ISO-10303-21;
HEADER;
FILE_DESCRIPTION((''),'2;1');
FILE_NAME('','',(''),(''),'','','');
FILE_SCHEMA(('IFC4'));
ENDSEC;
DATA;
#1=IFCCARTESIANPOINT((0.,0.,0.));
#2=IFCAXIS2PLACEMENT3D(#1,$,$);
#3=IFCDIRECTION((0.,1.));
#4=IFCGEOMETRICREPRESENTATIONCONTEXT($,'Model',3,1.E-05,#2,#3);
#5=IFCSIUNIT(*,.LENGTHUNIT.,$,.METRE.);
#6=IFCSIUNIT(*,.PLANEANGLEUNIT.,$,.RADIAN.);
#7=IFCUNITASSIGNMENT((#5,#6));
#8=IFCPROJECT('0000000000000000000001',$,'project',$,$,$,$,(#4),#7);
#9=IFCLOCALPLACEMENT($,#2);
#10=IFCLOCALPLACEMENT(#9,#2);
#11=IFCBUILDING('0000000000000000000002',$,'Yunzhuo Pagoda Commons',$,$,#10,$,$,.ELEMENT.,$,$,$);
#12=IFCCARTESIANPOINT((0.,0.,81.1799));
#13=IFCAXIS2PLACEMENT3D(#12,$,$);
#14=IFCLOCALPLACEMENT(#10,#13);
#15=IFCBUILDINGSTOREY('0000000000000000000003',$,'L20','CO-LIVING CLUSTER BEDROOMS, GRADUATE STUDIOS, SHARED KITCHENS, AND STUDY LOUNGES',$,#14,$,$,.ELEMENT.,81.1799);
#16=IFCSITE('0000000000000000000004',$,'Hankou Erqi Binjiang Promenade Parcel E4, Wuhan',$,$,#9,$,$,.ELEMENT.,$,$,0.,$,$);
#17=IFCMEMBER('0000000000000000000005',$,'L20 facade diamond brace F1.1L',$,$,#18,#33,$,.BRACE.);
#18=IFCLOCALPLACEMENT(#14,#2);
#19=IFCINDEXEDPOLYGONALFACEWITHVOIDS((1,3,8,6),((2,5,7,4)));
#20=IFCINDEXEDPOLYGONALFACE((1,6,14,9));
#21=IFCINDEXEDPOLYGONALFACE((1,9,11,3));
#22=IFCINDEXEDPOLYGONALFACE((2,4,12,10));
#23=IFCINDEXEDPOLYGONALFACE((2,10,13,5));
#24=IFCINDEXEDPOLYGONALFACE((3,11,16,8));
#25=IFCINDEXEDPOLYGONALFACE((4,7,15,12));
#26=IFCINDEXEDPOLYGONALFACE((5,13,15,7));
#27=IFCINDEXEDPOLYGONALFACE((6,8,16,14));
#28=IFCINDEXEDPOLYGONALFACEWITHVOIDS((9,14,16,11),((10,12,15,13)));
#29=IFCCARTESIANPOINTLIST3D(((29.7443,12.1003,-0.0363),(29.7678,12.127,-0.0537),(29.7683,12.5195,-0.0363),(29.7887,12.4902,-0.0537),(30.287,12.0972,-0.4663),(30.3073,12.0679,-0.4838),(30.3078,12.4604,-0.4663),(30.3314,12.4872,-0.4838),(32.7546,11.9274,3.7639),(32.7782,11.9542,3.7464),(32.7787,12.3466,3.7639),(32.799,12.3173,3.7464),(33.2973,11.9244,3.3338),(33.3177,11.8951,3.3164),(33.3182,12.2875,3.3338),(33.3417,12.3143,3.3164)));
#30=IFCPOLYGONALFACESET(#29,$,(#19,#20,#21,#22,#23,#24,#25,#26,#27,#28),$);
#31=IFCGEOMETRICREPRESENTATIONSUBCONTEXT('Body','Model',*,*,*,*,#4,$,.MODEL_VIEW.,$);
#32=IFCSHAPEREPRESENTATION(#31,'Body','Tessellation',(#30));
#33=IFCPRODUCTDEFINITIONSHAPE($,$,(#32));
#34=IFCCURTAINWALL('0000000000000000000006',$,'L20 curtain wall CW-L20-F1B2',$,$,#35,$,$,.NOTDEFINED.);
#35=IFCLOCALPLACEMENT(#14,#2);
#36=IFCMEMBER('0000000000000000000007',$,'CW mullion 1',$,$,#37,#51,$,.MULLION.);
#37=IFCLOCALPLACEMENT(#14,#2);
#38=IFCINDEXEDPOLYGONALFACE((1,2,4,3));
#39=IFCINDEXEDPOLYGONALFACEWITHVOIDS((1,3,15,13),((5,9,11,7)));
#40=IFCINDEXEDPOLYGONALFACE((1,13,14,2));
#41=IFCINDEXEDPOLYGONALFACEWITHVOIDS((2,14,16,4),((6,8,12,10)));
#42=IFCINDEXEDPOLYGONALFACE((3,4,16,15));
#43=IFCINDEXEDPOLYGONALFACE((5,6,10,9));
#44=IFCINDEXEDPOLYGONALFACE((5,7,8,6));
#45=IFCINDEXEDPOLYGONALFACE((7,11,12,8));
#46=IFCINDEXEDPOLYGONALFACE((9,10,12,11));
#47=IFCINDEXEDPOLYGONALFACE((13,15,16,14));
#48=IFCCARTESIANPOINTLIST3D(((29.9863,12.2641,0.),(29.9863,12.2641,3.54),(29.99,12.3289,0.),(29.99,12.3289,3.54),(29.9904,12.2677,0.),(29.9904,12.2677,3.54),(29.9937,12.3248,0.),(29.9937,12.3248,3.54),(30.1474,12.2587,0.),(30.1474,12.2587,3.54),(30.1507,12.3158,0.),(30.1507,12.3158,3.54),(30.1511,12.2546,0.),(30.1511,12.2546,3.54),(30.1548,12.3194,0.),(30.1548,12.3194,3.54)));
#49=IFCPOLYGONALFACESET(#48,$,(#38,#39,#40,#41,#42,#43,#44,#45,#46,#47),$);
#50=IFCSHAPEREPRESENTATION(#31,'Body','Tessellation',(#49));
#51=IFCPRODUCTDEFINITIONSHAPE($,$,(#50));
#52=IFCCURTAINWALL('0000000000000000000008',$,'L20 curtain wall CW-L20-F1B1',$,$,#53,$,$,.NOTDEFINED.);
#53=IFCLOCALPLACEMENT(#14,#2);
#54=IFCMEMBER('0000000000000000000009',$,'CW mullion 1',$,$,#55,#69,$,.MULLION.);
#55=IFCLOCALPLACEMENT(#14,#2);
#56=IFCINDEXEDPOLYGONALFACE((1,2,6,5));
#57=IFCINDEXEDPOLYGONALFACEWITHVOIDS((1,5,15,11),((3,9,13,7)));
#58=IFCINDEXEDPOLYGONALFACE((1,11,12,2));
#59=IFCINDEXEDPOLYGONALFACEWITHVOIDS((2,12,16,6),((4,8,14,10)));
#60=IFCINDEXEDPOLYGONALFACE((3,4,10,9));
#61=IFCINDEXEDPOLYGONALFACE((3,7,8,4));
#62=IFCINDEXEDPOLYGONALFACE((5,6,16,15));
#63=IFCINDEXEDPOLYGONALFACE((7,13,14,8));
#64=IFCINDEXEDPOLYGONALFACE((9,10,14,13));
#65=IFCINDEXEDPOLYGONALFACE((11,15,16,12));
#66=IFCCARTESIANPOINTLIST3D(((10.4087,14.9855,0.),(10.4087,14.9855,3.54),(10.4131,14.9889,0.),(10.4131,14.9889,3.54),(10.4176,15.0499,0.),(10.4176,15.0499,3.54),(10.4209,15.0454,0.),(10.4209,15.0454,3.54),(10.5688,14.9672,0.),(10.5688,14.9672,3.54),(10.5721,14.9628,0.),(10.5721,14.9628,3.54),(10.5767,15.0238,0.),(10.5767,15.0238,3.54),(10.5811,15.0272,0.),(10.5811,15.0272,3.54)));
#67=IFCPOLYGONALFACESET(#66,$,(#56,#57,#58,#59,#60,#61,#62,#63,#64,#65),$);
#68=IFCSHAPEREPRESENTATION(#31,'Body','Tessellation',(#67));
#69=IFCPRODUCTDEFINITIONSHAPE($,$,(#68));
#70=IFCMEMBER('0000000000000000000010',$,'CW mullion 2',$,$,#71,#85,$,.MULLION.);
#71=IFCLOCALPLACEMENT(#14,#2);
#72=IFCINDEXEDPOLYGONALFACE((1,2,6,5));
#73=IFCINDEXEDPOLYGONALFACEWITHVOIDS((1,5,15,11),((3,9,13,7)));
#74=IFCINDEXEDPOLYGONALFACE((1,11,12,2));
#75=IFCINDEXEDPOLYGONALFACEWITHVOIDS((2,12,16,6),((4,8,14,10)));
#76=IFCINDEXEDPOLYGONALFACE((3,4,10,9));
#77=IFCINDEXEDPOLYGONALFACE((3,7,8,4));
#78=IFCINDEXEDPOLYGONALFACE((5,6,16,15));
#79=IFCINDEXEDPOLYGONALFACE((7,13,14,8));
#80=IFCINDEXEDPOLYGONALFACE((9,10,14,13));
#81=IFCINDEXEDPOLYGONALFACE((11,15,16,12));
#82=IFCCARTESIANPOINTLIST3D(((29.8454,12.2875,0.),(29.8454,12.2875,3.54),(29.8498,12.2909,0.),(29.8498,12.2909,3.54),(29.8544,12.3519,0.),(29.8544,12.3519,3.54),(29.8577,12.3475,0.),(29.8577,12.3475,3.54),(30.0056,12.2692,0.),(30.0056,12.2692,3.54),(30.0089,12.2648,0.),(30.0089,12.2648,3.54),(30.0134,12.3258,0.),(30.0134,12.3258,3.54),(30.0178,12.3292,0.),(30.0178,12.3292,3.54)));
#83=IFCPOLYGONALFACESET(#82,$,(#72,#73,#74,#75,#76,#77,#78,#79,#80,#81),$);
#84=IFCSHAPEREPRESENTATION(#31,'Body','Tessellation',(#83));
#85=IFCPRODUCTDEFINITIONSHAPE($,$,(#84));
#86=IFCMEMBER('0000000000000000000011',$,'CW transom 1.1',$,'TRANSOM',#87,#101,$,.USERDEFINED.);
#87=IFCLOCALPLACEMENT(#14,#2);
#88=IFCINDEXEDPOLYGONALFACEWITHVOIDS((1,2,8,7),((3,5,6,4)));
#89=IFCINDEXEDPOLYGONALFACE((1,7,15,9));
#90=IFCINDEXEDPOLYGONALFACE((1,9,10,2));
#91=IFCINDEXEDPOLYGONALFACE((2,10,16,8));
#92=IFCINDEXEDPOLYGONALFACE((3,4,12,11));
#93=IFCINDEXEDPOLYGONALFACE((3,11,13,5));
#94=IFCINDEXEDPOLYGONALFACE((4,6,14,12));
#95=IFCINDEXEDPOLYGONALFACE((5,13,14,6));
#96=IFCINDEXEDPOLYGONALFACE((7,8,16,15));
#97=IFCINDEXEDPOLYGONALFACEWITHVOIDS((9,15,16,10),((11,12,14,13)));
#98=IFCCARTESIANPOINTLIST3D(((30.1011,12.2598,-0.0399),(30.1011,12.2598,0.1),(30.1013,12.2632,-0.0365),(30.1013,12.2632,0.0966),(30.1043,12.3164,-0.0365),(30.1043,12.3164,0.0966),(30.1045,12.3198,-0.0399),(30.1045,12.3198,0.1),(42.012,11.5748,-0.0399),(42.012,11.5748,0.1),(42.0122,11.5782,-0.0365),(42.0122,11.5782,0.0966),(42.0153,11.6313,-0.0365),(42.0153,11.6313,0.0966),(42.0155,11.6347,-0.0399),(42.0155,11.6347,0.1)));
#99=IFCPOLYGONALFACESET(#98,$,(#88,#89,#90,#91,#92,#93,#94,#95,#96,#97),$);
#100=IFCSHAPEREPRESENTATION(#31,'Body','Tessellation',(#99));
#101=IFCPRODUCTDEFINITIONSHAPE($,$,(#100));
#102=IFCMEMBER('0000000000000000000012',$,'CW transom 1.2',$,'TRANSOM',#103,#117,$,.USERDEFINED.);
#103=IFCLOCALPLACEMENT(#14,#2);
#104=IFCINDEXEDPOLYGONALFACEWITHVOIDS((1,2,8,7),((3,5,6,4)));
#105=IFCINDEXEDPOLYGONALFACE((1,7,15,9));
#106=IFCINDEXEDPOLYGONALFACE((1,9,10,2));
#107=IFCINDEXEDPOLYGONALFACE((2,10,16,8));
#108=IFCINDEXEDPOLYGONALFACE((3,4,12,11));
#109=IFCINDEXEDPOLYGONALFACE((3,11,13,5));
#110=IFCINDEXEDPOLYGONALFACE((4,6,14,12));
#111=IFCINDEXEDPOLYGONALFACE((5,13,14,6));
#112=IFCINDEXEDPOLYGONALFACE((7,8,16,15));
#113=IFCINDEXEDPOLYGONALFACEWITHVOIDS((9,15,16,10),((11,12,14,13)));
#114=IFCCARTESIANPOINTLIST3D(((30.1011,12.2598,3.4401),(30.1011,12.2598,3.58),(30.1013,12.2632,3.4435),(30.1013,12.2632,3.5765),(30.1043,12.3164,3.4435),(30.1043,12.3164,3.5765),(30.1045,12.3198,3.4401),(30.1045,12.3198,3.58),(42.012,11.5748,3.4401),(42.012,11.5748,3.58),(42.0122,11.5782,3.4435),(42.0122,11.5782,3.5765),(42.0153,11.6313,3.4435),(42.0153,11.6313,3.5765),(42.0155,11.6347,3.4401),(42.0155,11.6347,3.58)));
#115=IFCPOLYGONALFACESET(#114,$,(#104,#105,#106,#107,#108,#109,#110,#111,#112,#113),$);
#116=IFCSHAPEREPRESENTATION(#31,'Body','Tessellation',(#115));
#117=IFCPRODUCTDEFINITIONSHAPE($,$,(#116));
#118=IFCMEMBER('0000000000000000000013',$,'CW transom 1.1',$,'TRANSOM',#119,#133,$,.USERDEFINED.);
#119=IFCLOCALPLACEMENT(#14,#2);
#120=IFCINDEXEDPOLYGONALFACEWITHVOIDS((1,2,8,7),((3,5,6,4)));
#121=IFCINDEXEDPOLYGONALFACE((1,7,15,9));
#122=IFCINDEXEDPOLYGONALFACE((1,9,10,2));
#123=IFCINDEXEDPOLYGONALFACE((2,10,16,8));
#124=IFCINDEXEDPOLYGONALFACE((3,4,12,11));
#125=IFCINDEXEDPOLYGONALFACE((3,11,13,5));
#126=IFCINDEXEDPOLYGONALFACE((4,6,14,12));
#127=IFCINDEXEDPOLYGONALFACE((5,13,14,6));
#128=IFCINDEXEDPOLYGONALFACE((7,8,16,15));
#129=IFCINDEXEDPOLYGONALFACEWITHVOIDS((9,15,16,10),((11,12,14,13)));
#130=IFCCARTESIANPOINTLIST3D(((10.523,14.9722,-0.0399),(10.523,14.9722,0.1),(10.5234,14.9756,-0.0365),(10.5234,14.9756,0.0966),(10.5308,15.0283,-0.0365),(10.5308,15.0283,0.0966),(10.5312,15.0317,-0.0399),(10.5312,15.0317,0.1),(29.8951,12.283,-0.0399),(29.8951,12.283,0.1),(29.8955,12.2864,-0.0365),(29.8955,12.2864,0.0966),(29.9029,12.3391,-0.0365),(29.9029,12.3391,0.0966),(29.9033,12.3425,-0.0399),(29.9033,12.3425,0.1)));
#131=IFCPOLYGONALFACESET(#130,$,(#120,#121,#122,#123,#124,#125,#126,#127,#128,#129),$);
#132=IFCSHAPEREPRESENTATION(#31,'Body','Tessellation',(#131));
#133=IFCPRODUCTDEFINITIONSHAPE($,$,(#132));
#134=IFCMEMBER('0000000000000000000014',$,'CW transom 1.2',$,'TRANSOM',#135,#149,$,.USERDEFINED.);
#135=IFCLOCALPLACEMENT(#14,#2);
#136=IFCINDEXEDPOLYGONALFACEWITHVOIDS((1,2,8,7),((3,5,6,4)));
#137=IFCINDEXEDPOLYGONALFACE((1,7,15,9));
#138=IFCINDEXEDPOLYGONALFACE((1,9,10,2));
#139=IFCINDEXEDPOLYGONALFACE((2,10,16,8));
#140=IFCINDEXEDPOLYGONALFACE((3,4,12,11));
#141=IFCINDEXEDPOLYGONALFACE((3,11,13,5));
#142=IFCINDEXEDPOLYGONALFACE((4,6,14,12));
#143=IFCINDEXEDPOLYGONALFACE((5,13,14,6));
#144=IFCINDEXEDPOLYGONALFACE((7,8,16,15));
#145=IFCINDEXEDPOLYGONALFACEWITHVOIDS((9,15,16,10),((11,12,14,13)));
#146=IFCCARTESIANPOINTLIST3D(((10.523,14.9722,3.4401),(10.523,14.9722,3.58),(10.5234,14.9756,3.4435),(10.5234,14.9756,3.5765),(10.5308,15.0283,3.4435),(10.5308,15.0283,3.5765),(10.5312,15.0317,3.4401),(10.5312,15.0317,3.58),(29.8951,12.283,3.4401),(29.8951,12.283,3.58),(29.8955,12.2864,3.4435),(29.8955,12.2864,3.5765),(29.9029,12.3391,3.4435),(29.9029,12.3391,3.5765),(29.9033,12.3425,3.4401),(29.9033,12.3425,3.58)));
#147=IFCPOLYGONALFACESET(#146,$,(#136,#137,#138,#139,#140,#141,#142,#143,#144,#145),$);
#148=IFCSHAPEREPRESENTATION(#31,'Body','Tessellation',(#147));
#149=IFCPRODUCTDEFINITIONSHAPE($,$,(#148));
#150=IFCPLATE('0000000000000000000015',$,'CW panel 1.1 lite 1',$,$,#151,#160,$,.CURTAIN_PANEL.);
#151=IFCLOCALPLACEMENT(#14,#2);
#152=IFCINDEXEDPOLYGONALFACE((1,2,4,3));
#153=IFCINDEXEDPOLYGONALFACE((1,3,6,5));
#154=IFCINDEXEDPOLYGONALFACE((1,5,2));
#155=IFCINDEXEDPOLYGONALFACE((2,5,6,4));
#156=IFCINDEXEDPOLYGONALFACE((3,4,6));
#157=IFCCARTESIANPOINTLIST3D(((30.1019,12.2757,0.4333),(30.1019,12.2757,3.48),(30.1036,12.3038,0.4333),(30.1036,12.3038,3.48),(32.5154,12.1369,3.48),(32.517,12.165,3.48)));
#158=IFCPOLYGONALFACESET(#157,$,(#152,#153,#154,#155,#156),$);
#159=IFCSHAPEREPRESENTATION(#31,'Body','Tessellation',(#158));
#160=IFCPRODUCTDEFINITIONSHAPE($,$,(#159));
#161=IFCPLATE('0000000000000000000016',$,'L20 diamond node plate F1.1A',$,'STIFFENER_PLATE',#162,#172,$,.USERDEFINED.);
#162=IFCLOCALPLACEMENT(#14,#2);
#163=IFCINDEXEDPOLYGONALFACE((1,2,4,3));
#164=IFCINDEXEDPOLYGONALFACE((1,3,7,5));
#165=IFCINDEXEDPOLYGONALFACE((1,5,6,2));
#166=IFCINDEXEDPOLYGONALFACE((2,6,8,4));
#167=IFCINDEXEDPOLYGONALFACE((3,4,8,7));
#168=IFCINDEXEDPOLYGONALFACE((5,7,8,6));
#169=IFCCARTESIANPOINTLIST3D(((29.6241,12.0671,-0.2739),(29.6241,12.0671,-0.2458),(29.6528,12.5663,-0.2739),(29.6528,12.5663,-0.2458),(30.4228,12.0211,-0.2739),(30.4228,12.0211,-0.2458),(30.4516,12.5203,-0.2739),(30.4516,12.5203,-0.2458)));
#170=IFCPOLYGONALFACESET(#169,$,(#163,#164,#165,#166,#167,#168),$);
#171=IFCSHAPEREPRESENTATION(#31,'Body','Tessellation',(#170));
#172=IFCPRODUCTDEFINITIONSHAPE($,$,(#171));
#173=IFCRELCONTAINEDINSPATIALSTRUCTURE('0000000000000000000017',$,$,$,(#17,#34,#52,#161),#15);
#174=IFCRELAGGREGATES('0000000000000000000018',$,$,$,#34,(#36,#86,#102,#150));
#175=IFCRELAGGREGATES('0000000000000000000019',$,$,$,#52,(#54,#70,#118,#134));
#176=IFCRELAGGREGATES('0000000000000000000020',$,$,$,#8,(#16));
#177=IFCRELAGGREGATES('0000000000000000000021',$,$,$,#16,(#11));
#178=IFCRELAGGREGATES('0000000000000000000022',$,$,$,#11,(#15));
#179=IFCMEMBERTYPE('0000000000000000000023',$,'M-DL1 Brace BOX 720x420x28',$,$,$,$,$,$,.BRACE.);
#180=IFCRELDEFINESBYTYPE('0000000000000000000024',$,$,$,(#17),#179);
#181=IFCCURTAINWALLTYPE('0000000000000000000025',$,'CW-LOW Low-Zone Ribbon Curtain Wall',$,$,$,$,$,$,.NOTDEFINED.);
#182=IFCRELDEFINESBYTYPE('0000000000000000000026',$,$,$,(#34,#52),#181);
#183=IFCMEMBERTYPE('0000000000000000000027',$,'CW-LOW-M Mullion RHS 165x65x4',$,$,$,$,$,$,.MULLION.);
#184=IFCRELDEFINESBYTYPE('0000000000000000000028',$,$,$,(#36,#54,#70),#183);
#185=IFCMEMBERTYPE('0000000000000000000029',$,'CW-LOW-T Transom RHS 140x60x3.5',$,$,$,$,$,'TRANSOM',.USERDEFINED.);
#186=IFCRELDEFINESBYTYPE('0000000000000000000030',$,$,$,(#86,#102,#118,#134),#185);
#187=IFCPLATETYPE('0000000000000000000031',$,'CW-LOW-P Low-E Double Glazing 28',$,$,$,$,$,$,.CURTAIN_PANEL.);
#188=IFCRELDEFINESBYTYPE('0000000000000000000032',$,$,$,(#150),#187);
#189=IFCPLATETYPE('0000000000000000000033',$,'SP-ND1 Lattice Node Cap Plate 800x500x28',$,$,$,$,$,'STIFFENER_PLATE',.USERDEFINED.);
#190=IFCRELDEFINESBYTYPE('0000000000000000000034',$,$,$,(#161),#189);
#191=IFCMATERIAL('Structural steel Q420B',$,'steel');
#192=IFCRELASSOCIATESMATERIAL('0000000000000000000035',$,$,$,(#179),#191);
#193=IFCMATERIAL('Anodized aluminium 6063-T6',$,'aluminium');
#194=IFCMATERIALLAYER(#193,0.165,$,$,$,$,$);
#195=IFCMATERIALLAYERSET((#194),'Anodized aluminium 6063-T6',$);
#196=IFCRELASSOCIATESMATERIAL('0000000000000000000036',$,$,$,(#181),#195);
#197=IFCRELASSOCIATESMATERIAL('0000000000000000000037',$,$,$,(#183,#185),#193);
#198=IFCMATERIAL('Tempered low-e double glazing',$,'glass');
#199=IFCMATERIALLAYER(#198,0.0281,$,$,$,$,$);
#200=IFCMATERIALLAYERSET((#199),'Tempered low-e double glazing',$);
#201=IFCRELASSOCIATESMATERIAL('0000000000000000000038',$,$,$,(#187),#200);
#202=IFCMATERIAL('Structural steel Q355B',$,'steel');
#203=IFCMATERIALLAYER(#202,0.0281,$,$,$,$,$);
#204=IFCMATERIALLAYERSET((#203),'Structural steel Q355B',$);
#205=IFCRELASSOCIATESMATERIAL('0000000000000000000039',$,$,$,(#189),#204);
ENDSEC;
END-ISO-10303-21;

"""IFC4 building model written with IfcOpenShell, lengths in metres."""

from ifc_helpers import new_model, si_unit, direction, frame, origin, origin_2d, place, context, subcontext, project, spatial, polyline, rectangle, hollow_rectangle, outline, extrude, source, transform, mapped, material, layer, layer_set, material_profile, profile_set, type_object, element, aggregate, save


model = new_model("IFC4")

# Units and contexts
model_context = context("Model", 3, precision=1e-05, world=origin(), true_north=direction((0.0, 1.0)))
body_context = subcontext(model_context, "Body", "Model", "MODEL_VIEW")
ifc_project = project(units=[si_unit("LENGTHUNIT", "METRE"), si_unit("PLANEANGLEUNIT", "RADIAN")], contexts=[model_context])

# Site, building, storey
site_placement = place(None, origin())
site = spatial("IfcSite", under=ifc_project, at=site_placement, Name="Hankou Erqi Binjiang Promenade Parcel E4, Wuhan", CompositionType="ELEMENT", RefElevation=0.0)
building_placement = place(site_placement, origin())
building = spatial("IfcBuilding", under=site, at=building_placement, Name="Yunzhuo Pagoda Commons", CompositionType="ELEMENT")
storey_placement = place(building_placement, frame((0.0, 0.0, 81.1799)))
storey = spatial("IfcBuildingStorey", under=building, at=storey_placement, Name="L20", Description="CO-LIVING CLUSTER BEDROOMS, GRADUATE STUDIOS, SHARED KITCHENS, AND STUDY LOUNGES", CompositionType="ELEMENT", Elevation=81.1799)

# Shared definitions
ifc_material_1 = material(Name="Structural steel Q420B", Category="steel")

# Shared definitions
ifc_material_2 = material(Name="Structural steel Q355B", Category="steel")

# Member
ifc_material_profile_1 = material_profile(ifc_material_1, hollow_rectangle(XDim=0.4199, YDim=0.72, WallThickness=0.0281, at=origin_2d()), Name="Structural steel Q420B")
ifc_profile_set_1 = profile_set([ifc_material_profile_1], Name="Structural steel Q420B")
member_type_1 = type_object("IfcMemberType", Name="M-DL1 Brace BOX 720x420x28", PredefinedType="BRACE", material=ifc_profile_set_1)
shared_shape_1 = source(origin(), body_context, "Body", "SweptSolid", [
    extrude(hollow_rectangle(XDim=0.4199, YDim=0.72, WallThickness=0.0281, at=origin_2d()), origin(), (0.0, 0.0, 1.0), 4.8511),
])
member_1_placement = place(storey_placement, frame((30.0378, 12.2937, -0.26), z_axis=(0.620547, -0.035632, 0.783359), x_axis=(0.057326, 0.998355, 0.0)))
element("IfcMember", 1, at=member_1_placement, inside=storey, type_object=member_type_1, Name="L20 facade diamond brace F1.1L", PredefinedType="BRACE", context=body_context, shape_type="MappedRepresentation", body=[
    mapped(shared_shape_1, transform((0.0, 0.0, 0.0), scale=1.0)),
])

# Curtain wall, member
ifc_material_3 = material(Name="Anodized aluminium 6063-T6", Category="aluminium")
ifc_layer_1 = layer(ifc_material_3, 0.165)
ifc_layer_set_1 = layer_set([ifc_layer_1], Name="Anodized aluminium 6063-T6")
curtain_wall_type = type_object("IfcCurtainWallType", Name="CW-LOW Low-Zone Ribbon Curtain Wall", PredefinedType="NOTDEFINED", material=ifc_layer_set_1)
curtain_wall_1_placement = place(storey_placement, origin())
curtain_wall_1 = element("IfcCurtainWall", 2, at=curtain_wall_1_placement, inside=storey, type_object=curtain_wall_type, Name="L20 curtain wall CW-L20-F1B2", PredefinedType="NOTDEFINED")
ifc_material_profile_2 = material_profile(ifc_material_3, hollow_rectangle(XDim=0.0649, YDim=0.165, WallThickness=0.0039, at=origin_2d()), Name="Anodized aluminium 6063-T6")
ifc_profile_set_2 = profile_set([ifc_material_profile_2], Name="Anodized aluminium 6063-T6")
member_type_2 = type_object("IfcMemberType", Name="CW-LOW-M Mullion RHS 165x65x4", PredefinedType="MULLION", material=ifc_profile_set_2)
shared_shape_2 = source(origin(), body_context, "Body", "SweptSolid", [
    extrude(hollow_rectangle(XDim=0.0649, YDim=0.165, WallThickness=0.0039, at=origin_2d()), origin(), (0.0, 0.0, 1.0), 3.54),
])
member_2_placement = place(storey_placement, frame((30.0706, 12.2917, 0.0), z_axis=(0.0, 0.0, 1.0), x_axis=(0.057418, 0.99835, 0.0)))
member_2 = element("IfcMember", 3, at=member_2_placement, type_object=member_type_2, Name="CW mullion 1", PredefinedType="MULLION", context=body_context, shape_type="MappedRepresentation", body=[
    mapped(shared_shape_2, transform((0.0, 0.0, 0.0), scale=1.0)),
])

# Curtain wall, members
curtain_wall_2_placement = place(storey_placement, origin())
curtain_wall_2 = element("IfcCurtainWall", 4, at=curtain_wall_2_placement, inside=storey, type_object=curtain_wall_type, Name="L20 curtain wall CW-L20-F1B1", PredefinedType="NOTDEFINED")
member_3_placement = place(storey_placement, frame((10.4949, 15.0063, 0.0), z_axis=(0.0, 0.0, 1.0), x_axis=(0.137496, 0.990502, 0.0)))
member_3 = element("IfcMember", 5, at=member_3_placement, type_object=member_type_2, Name="CW mullion 1", PredefinedType="MULLION", context=body_context, shape_type="MappedRepresentation", body=[
    mapped(shared_shape_2, transform((0.0, 0.0, 0.0), scale=1.0)),
])
member_4_placement = place(storey_placement, frame((29.9316, 12.3083, 0.0), z_axis=(0.0, 0.0, 1.0), x_axis=(0.137496, 0.990502, 0.0)))
member_4 = element("IfcMember", 6, at=member_4_placement, type_object=member_type_2, Name="CW mullion 2", PredefinedType="MULLION", context=body_context, shape_type="MappedRepresentation", body=[
    mapped(shared_shape_2, transform((0.0, 0.0, 0.0), scale=1.0)),
])

# Members
ifc_material_profile_3 = material_profile(ifc_material_3, hollow_rectangle(XDim=0.0601, YDim=0.1399, WallThickness=0.0034, at=origin_2d()), Name="Anodized aluminium 6063-T6")
ifc_profile_set_3 = profile_set([ifc_material_profile_3], Name="Anodized aluminium 6063-T6")
member_type_3 = type_object("IfcMemberType", Name="CW-LOW-T Transom RHS 140x60x3.5", ElementType="TRANSOM", PredefinedType="USERDEFINED", material=ifc_profile_set_3)
shared_shape_3 = source(origin(), body_context, "Body", "SweptSolid", [
    extrude(hollow_rectangle(XDim=0.0601, YDim=0.1399, WallThickness=0.0034, at=origin_2d()), origin(), (0.0, 0.0, 1.0), 11.9307),
])
member_5_placement = place(storey_placement, frame((30.1028, 12.2898, 0.03), z_axis=(0.99835, -0.05742, 0.0), x_axis=(0.05742, 0.99835, 0.0)))
member_5 = element("IfcMember", 7, at=member_5_placement, type_object=member_type_3, Name="CW transom 1.1", ObjectType="TRANSOM", PredefinedType="USERDEFINED", context=body_context, shape_type="MappedRepresentation", body=[
    mapped(shared_shape_3, transform((0.0, 0.0, 0.0), scale=1.0)),
])
member_6_placement = place(storey_placement, frame((30.1028, 12.2898, 3.51), z_axis=(0.99835, -0.05742, 0.0), x_axis=(0.05742, 0.99835, 0.0)))
member_6 = element("IfcMember", 8, at=member_6_placement, type_object=member_type_3, Name="CW transom 1.2", ObjectType="TRANSOM", PredefinedType="USERDEFINED", context=body_context, shape_type="MappedRepresentation", body=[
    mapped(shared_shape_3, transform((0.0, 0.0, 0.0), scale=1.0)),
])
shared_shape_4 = source(origin(), body_context, "Body", "SweptSolid", [
    extrude(hollow_rectangle(XDim=0.0601, YDim=0.1399, WallThickness=0.0034, at=origin_2d()), origin(), (0.0, 0.0, 1.0), 19.5579),
])
member_7_placement = place(storey_placement, frame((10.5271, 15.002, 0.03), z_axis=(0.990502, -0.1375, 0.0), x_axis=(0.1375, 0.990502, 0.0)))
member_7 = element("IfcMember", 9, at=member_7_placement, type_object=member_type_3, Name="CW transom 1.1", ObjectType="TRANSOM", PredefinedType="USERDEFINED", context=body_context, shape_type="MappedRepresentation", body=[
    mapped(shared_shape_4, transform((0.0, 0.0, 0.0), scale=1.0)),
])
member_8_placement = place(storey_placement, frame((10.5271, 15.002, 3.51), z_axis=(0.990502, -0.1375, 0.0), x_axis=(0.1375, 0.990502, 0.0)))
member_8 = element("IfcMember", 10, at=member_8_placement, type_object=member_type_3, Name="CW transom 1.2", ObjectType="TRANSOM", PredefinedType="USERDEFINED", context=body_context, shape_type="MappedRepresentation", body=[
    mapped(shared_shape_4, transform((0.0, 0.0, 0.0), scale=1.0)),
])

# Plate
ifc_material_4 = material(Name="Tempered low-e double glazing", Category="glass")
ifc_layer_2 = layer(ifc_material_4, 0.0281)
ifc_layer_set_2 = layer_set([ifc_layer_2], Name="Tempered low-e double glazing")
plate_type_1 = type_object("IfcPlateType", Name="CW-LOW-P Low-E Double Glazing 28", PredefinedType="CURTAIN_PANEL", material=ifc_layer_set_2)
plate_1_placement = place(storey_placement, frame((31.3103, 12.2344, 1.9568), z_axis=(-0.057418, -0.99835, 0.0), x_axis=(0.99835, -0.057418, 0.0)))
plate_1 = element("IfcPlate", 11, at=plate_1_placement, type_object=plate_type_1, Name="CW panel 1.1 lite 1", PredefinedType="CURTAIN_PANEL", context=body_context, shape_type="SweptSolid", body=[
    extrude(outline(polyline([(-1.2087, -1.5234), (1.2087, 1.5232), (-1.2087, 1.5232), (-1.2087, -1.5234)])), origin(), (0.0, 0.0, 1.0), 0.0281),
])
aggregate(curtain_wall_1, [member_2, member_5, member_6, plate_1])

# Plate
ifc_layer_3 = layer(ifc_material_2, 0.0281)
ifc_layer_set_3 = layer_set([ifc_layer_3], Name="Structural steel Q355B")
plate_type_2 = type_object("IfcPlateType", Name="SP-ND1 Lattice Node Cap Plate 800x500x28", ElementType="STIFFENER_PLATE", PredefinedType="USERDEFINED", material=ifc_layer_set_3)
shared_shape_5 = source(origin(), body_context, "Body", "SweptSolid", [
    extrude(rectangle(XDim=0.8, YDim=0.5, at=origin_2d()), origin(), (0.0, 0.0, 1.0), 0.0281),
])
plate_2_placement = place(storey_placement, frame((30.0378, 12.2937, -0.2739), z_axis=(0.0, 0.0, 1.0), x_axis=(0.99835, -0.057425, 0.0)))
element("IfcPlate", 12, at=plate_2_placement, inside=storey, type_object=plate_type_2, Name="L20 diamond node plate F1.1A", ObjectType="STIFFENER_PLATE", PredefinedType="USERDEFINED", context=body_context, shape_type="MappedRepresentation", body=[
    mapped(shared_shape_5, transform((0.0, 0.0, 0.0), scale=1.0)),
])

aggregate(curtain_wall_2, [member_3, member_4, member_7, member_8])

save(model, "model.ifc")
